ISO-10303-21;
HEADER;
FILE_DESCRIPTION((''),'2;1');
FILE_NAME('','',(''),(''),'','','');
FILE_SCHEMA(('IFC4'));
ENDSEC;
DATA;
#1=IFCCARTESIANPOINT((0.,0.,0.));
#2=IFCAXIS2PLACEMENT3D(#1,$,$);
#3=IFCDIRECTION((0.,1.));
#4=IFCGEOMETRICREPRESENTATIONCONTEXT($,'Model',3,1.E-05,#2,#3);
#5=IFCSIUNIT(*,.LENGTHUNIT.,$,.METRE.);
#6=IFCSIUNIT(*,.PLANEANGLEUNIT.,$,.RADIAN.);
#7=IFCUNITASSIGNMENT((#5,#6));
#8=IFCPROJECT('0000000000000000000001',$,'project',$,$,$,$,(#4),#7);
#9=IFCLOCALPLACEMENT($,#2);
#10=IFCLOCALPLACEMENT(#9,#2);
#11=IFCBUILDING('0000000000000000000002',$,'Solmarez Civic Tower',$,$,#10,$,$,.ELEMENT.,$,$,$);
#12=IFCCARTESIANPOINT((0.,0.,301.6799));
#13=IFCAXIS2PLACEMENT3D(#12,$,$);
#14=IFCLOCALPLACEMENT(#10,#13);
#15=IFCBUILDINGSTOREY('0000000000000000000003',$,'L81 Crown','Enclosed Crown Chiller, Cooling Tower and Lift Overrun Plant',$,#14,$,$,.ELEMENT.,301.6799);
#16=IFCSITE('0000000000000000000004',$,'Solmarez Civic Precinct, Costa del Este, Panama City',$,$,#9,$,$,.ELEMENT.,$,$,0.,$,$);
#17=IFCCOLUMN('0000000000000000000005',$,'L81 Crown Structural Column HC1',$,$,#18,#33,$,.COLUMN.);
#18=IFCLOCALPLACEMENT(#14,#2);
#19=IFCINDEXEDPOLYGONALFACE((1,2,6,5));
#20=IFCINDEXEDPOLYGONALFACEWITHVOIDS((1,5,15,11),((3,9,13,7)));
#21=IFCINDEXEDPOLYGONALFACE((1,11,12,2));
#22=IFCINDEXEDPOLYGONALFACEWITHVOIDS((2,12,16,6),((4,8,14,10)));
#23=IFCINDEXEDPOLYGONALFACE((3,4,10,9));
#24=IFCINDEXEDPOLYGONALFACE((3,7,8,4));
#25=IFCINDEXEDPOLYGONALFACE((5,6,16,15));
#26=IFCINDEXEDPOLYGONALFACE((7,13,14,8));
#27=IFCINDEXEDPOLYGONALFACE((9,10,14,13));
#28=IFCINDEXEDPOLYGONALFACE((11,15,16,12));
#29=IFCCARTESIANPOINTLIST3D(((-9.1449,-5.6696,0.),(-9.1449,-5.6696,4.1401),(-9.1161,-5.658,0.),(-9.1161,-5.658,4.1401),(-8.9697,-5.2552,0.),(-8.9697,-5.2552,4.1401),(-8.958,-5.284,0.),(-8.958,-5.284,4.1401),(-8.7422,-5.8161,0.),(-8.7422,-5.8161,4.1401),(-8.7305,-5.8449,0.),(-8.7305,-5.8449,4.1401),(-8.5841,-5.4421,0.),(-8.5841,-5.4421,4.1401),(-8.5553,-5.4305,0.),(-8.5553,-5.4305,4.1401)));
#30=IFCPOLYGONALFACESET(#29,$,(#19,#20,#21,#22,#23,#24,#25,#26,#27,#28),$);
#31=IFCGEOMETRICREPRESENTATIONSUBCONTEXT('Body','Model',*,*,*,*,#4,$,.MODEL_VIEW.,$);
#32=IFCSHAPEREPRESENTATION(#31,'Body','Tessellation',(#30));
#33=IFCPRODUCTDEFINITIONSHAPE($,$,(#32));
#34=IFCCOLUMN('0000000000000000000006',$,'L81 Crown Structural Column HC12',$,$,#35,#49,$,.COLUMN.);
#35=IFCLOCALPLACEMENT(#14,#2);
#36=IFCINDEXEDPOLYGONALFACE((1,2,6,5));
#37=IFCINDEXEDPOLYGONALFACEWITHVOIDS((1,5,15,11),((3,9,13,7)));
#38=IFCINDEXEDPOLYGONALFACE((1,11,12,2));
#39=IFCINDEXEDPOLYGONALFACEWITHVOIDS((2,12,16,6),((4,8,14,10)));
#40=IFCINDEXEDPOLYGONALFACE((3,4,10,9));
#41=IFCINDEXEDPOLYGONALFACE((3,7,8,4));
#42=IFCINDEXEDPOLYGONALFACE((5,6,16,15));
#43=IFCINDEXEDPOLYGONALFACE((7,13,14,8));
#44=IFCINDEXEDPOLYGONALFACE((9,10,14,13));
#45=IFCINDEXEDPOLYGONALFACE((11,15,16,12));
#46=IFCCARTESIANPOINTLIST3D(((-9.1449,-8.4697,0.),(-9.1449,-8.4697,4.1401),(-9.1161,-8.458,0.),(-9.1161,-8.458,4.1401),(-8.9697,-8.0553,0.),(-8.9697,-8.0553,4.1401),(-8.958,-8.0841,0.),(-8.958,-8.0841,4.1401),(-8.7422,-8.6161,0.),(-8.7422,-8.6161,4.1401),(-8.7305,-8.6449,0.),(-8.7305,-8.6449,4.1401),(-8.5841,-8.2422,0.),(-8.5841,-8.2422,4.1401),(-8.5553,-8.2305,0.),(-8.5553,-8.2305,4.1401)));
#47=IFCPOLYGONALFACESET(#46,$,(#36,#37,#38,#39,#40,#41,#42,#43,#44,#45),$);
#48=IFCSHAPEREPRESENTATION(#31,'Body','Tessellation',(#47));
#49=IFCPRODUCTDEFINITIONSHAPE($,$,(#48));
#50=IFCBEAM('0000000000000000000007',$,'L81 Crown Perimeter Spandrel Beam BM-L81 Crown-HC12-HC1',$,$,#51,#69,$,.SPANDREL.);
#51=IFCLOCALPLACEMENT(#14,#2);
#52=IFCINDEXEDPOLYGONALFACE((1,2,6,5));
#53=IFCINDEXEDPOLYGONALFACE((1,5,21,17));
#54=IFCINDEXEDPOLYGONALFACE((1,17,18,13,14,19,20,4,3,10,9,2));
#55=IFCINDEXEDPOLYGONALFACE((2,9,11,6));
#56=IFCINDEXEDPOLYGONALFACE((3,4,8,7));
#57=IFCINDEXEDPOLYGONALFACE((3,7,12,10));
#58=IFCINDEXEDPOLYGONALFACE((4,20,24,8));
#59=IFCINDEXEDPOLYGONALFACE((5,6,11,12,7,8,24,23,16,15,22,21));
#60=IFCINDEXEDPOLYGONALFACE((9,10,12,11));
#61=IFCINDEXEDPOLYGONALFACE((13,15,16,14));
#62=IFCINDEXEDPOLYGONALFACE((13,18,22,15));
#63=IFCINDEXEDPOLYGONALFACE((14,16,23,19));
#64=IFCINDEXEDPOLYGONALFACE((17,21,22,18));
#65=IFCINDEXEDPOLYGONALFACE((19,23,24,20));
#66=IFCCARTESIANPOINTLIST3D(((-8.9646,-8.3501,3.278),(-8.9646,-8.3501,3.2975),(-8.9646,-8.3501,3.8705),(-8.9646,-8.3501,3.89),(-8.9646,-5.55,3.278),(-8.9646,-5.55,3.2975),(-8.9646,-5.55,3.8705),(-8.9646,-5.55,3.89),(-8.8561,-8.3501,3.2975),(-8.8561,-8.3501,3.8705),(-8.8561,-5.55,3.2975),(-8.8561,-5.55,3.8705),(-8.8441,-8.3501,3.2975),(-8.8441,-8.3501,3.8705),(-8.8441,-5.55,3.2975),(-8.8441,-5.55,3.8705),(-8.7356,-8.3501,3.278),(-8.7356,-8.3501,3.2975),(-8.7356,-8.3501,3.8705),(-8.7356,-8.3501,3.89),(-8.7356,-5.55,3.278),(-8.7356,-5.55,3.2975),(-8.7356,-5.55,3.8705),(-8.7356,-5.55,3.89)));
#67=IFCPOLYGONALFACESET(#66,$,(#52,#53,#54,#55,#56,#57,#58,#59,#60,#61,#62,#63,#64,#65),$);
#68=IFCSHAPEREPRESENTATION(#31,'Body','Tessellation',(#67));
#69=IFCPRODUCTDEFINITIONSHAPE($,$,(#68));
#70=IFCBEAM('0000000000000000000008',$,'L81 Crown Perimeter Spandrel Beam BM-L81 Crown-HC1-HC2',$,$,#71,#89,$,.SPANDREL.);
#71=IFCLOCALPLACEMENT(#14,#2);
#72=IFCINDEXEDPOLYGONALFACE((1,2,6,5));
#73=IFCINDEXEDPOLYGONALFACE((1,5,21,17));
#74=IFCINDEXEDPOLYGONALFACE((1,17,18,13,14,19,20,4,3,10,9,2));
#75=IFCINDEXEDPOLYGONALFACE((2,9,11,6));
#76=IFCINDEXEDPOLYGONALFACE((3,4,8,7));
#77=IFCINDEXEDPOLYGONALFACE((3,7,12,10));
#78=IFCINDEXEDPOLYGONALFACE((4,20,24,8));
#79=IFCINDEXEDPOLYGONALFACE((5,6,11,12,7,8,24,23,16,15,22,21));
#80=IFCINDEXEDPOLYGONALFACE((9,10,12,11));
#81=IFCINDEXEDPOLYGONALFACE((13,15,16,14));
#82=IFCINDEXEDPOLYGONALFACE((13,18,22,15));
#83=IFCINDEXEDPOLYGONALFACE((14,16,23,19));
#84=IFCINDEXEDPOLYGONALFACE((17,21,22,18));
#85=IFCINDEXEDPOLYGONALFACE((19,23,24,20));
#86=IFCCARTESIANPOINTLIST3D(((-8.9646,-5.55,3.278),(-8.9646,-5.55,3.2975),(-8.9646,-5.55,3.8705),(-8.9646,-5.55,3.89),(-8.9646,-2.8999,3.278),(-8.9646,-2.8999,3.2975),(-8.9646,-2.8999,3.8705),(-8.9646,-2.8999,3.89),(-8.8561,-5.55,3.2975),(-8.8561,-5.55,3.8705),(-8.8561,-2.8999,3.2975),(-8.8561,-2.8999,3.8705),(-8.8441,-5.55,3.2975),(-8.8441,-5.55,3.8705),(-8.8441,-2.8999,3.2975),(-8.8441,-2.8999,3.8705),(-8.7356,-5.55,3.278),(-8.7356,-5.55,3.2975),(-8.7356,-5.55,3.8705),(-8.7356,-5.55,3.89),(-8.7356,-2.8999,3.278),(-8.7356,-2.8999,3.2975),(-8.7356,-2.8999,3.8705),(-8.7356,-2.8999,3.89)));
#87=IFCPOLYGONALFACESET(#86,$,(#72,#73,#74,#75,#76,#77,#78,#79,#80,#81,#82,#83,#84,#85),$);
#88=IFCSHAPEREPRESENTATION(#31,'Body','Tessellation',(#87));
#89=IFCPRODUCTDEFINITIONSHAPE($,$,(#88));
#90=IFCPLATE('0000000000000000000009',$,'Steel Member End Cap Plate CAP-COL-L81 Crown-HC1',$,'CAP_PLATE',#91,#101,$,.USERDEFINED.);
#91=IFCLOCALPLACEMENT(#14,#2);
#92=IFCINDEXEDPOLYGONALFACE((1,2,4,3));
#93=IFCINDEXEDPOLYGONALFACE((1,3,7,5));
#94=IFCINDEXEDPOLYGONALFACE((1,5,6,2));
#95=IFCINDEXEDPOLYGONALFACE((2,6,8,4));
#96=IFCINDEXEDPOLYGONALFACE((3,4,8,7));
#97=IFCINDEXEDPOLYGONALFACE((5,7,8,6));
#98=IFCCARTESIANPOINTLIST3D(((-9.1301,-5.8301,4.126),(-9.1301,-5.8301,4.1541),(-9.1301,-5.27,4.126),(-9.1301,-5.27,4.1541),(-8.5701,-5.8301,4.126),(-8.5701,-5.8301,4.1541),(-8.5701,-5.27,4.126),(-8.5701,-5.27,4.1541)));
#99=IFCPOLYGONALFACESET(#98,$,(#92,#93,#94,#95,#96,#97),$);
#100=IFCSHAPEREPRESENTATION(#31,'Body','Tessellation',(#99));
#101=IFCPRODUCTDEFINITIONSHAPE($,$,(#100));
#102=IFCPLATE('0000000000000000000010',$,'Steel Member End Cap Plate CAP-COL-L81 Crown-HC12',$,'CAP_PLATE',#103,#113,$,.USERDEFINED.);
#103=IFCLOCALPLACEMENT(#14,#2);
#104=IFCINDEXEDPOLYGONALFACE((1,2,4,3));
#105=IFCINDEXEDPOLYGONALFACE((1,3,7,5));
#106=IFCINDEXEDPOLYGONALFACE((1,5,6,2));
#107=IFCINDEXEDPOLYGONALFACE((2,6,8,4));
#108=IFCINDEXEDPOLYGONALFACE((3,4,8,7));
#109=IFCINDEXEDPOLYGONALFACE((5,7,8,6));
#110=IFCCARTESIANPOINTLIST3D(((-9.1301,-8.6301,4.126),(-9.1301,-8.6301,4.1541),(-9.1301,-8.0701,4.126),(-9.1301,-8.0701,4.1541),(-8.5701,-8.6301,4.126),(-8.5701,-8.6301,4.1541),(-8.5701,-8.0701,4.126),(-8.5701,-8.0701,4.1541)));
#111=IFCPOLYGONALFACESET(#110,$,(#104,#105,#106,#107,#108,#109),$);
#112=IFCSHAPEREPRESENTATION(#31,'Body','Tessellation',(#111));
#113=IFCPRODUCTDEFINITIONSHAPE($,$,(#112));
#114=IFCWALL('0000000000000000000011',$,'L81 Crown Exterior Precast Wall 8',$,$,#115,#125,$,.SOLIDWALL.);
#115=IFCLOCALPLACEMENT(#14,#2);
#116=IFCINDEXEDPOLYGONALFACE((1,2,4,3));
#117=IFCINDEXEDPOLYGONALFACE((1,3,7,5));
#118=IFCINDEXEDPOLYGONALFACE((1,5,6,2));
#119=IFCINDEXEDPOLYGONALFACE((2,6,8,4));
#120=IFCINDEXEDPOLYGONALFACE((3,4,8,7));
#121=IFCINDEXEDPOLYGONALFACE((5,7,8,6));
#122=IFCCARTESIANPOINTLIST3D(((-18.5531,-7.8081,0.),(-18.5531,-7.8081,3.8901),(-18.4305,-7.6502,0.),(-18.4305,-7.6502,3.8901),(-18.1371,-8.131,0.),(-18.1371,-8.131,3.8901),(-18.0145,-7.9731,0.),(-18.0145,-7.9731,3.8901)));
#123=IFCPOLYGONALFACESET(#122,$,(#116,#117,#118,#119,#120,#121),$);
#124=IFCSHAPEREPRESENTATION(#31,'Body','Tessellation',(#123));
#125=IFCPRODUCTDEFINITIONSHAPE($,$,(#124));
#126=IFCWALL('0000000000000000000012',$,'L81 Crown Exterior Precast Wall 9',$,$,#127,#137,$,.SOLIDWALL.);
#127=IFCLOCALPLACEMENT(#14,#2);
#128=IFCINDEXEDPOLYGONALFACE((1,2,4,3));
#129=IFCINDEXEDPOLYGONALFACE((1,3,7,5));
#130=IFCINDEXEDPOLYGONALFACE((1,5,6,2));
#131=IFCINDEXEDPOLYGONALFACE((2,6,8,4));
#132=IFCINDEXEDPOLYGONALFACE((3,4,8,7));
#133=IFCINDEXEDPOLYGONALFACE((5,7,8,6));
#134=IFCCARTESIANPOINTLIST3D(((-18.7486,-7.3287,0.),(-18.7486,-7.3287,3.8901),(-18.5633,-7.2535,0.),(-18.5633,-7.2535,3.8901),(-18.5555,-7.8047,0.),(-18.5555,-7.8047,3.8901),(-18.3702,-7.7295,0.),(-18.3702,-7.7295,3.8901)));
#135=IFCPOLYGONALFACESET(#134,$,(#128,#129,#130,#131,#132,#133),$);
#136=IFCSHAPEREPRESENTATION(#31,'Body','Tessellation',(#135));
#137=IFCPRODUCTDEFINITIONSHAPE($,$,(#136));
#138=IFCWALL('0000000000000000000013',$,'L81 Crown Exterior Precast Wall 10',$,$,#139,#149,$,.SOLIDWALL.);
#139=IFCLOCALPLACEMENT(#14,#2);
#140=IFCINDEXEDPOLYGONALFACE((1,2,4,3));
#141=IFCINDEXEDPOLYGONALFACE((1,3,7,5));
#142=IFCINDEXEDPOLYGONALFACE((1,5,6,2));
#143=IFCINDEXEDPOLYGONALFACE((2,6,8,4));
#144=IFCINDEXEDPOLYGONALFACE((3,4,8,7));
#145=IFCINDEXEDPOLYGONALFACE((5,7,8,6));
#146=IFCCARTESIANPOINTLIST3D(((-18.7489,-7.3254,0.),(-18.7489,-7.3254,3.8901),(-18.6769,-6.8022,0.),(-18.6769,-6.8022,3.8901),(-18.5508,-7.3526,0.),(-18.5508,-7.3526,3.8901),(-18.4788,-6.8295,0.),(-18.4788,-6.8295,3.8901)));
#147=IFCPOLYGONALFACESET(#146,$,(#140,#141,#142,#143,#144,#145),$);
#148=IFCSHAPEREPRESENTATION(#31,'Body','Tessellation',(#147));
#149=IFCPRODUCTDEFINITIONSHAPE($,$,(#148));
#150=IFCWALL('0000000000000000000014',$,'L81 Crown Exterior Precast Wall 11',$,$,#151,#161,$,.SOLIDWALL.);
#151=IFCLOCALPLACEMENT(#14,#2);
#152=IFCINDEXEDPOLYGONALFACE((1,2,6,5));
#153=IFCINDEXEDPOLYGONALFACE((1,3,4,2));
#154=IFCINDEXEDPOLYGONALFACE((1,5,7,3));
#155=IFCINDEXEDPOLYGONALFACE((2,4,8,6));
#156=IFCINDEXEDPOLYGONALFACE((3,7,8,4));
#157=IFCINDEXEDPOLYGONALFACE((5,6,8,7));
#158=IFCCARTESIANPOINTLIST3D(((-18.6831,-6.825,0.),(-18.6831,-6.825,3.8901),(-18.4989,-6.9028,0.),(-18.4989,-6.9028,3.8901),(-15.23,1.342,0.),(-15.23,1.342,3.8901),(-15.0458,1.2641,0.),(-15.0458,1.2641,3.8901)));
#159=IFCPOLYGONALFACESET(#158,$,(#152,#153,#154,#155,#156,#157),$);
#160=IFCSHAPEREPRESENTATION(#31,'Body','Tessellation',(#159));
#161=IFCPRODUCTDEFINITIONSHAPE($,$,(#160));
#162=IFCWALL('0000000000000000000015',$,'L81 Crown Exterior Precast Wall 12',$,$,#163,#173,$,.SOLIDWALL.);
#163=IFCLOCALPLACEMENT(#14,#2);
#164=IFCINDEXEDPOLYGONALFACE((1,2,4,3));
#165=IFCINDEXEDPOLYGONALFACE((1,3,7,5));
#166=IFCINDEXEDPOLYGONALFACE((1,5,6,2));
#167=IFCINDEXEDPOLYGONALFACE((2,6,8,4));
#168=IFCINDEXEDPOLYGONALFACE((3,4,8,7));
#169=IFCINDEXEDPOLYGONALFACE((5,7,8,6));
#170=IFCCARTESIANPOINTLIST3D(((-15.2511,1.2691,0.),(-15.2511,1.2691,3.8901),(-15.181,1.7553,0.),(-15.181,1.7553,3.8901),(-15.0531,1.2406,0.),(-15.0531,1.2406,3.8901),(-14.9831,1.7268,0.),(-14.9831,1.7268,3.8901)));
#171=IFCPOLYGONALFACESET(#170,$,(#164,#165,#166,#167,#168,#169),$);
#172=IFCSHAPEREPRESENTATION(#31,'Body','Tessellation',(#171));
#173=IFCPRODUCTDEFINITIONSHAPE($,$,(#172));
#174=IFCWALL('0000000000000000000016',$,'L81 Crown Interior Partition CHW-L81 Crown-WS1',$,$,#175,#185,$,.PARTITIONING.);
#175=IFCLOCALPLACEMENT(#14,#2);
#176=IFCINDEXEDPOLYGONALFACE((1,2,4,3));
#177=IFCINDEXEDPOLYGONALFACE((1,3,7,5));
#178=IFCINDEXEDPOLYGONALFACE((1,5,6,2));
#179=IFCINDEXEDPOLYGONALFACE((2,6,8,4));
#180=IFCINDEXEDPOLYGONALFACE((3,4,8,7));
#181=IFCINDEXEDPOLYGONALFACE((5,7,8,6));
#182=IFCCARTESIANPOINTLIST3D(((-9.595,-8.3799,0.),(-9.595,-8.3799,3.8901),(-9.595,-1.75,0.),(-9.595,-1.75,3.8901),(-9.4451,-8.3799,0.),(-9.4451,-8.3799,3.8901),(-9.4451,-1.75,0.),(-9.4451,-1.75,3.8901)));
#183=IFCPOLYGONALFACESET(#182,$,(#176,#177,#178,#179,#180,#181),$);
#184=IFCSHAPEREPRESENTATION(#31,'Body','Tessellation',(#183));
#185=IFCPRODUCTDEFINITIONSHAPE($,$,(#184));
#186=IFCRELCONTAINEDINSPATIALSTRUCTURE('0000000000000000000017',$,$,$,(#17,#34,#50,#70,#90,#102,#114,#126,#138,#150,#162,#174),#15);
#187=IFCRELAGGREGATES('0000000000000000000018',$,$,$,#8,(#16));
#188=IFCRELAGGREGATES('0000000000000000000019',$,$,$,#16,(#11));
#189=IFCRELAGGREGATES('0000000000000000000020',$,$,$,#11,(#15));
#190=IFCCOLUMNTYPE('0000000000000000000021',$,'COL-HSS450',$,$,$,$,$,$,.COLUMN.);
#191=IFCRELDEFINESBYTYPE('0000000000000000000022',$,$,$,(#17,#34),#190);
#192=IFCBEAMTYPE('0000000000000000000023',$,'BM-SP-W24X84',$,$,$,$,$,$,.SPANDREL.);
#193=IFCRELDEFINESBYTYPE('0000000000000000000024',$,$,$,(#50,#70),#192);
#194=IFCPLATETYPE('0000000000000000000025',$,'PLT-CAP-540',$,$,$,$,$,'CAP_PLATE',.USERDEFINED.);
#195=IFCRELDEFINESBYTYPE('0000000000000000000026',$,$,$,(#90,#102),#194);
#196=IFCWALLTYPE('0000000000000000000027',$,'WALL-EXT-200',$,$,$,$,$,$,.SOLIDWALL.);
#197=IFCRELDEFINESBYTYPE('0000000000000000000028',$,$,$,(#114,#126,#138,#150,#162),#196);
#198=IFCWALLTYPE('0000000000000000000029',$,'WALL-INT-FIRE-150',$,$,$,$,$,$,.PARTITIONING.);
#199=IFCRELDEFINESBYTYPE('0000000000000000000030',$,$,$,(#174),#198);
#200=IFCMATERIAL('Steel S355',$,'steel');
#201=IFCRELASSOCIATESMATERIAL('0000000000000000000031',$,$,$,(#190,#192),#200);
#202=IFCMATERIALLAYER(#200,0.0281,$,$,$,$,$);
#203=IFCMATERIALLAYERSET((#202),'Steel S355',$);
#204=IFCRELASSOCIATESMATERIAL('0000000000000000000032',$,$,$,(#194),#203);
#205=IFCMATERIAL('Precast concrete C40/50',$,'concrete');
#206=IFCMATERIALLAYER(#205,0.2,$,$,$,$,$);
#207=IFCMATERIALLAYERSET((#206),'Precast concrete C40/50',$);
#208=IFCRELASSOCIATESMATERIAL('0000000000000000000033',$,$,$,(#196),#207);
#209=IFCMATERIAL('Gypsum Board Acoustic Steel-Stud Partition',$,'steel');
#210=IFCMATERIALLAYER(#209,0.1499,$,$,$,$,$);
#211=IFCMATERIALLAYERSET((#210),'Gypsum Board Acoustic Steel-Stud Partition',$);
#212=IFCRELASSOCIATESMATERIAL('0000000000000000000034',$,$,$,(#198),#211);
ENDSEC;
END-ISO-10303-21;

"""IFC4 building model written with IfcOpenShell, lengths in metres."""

from ifc_helpers import new_model, si_unit, direction, frame, frame_2d, origin, origin_2d, place, context, subcontext, project, spatial, rectangle, hollow_rectangle, i_section, extrude, material, layer, layer_set, material_profile, profile_set, type_object, element, save


model = new_model("IFC4")

# Units and contexts
model_context = context("Model", 3, precision=1e-05, world=origin(), true_north=direction((0.0, 1.0)))
body_context = subcontext(model_context, "Body", "Model", "MODEL_VIEW")
ifc_project = project(units=[si_unit("LENGTHUNIT", "METRE"), si_unit("PLANEANGLEUNIT", "RADIAN")], contexts=[model_context])

# Site, building, storey
site_placement = place(None, origin())
site = spatial("IfcSite", under=ifc_project, at=site_placement, Name="Solmarez Civic Precinct, Costa del Este, Panama City", CompositionType="ELEMENT", RefElevation=0.0)
building_placement = place(site_placement, origin())
building = spatial("IfcBuilding", under=site, at=building_placement, Name="Solmarez Civic Tower", CompositionType="ELEMENT")
storey_placement = place(building_placement, frame((0.0, 0.0, 301.6799)))
storey = spatial("IfcBuildingStorey", under=building, at=storey_placement, Name="L81 Crown", Description="Enclosed Crown Chiller, Cooling Tower and Lift Overrun Plant", CompositionType="ELEMENT", Elevation=301.6799)

# Columns
ifc_material_1 = material(Name="Steel S355", Category="steel")
ifc_material_profile_1 = material_profile(ifc_material_1, hollow_rectangle(XDim=0.45, YDim=0.45, WallThickness=0.022, at=origin_2d()), Name="HSS450X450X22")
ifc_profile_set_1 = profile_set([ifc_material_profile_1], Name="Steel S355")
column_type = type_object("IfcColumnType", Name="COL-HSS450", PredefinedType="COLUMN", material=ifc_profile_set_1)
for number, where, z_axis, x_axis, name in (
    (1, (-8.8501, -5.55, 0.0), (0.0, 0.0, 1.0), (0.389445, 0.92105, 0.0), "L81 Crown Structural Column HC1"),
    (2, (-8.8501, -8.3501, 0.0), (0.0, 0.0, 1.0), (0.389445, 0.92105, 0.0), "L81 Crown Structural Column HC12"),
):
    element("IfcColumn", number, at=place(storey_placement, frame(where, z_axis=z_axis, x_axis=x_axis)), inside=storey, type_object=column_type, Name=name, PredefinedType="COLUMN", context=body_context, shape_type="SweptSolid", body=[
        extrude(hollow_rectangle(XDim=0.45, YDim=0.45, WallThickness=0.022, at=origin_2d()), origin(), (0.0, 0.0, 1.0), 4.1401),
    ])

# Beams
ifc_material_profile_2 = material_profile(ifc_material_1, i_section(OverallWidth=0.229, OverallDepth=0.6121, WebThickness=0.012, FlangeThickness=0.0195, at=origin_2d()), Name="W24X84")
ifc_profile_set_2 = profile_set([ifc_material_profile_2], Name="Steel S355")
beam_type = type_object("IfcBeamType", Name="BM-SP-W24X84", PredefinedType="SPANDREL", material=ifc_profile_set_2)
beam_1_placement = place(storey_placement, frame((-8.8501, -8.3501, 3.584), z_axis=(0.0, 1.0, 0.0), x_axis=(-1.0, 0.0, 0.0)))
element("IfcBeam", 3, at=beam_1_placement, inside=storey, type_object=beam_type, Name="L81 Crown Perimeter Spandrel Beam BM-L81 Crown-HC12-HC1", PredefinedType="SPANDREL", context=body_context, shape_type="SweptSolid", body=[
    extrude(i_section(OverallWidth=0.229, OverallDepth=0.6121, WebThickness=0.012, FlangeThickness=0.0195, at=origin_2d()), origin(), (0.0, 0.0, 1.0), 2.8),
])
beam_2_placement = place(storey_placement, frame((-8.8501, -5.55, 3.584), z_axis=(0.0, 1.0, 0.0), x_axis=(-1.0, 0.0, 0.0)))
element("IfcBeam", 4, at=beam_2_placement, inside=storey, type_object=beam_type, Name="L81 Crown Perimeter Spandrel Beam BM-L81 Crown-HC1-HC2", PredefinedType="SPANDREL", context=body_context, shape_type="SweptSolid", body=[
    extrude(i_section(OverallWidth=0.229, OverallDepth=0.6121, WebThickness=0.012, FlangeThickness=0.0195, at=origin_2d()), origin(), (0.0, 0.0, 1.0), 2.6501),
])

# Plates
ifc_layer_1 = layer(ifc_material_1, 0.0281)
ifc_layer_set_1 = layer_set([ifc_layer_1], Name="Steel S355")
plate_type = type_object("IfcPlateType", Name="PLT-CAP-540", ElementType="CAP_PLATE", PredefinedType="USERDEFINED", material=ifc_layer_set_1)
for number, where, z_axis, x_axis, name in (
    (5, (-8.8501, -5.55, 4.126), (0.0, 0.0, 1.0), (1.0, 0.0, 0.0), "Steel Member End Cap Plate CAP-COL-L81 Crown-HC1"),
    (6, (-8.8501, -8.3501, 4.126), (0.0, 0.0, 1.0), (1.0, 0.0, 0.0), "Steel Member End Cap Plate CAP-COL-L81 Crown-HC12"),
):
    element("IfcPlate", number, at=place(storey_placement, frame(where, z_axis=z_axis, x_axis=x_axis)), inside=storey, type_object=plate_type, Name=name, ObjectType="CAP_PLATE", PredefinedType="USERDEFINED", context=body_context, shape_type="SweptSolid", body=[
        extrude(rectangle(XDim=0.5601, YDim=0.5601, at=origin_2d()), origin(), (0.0, 0.0, 1.0), 0.0281),
    ])

# Walls
ifc_material_2 = material(Name="Precast concrete C40/50", Category="concrete")
ifc_layer_2 = layer(ifc_material_2, 0.2)
ifc_layer_set_2 = layer_set([ifc_layer_2], Name="Precast concrete C40/50")
wall_type_1 = type_object("IfcWallType", Name="WALL-EXT-200", PredefinedType="SOLIDWALL", material=ifc_layer_set_2)
wall_1_placement = place(storey_placement, frame((-18.0759, -8.052, 0.0), z_axis=(0.0, 0.0, 1.0), x_axis=(-0.789876, 0.613266, 0.0)))
element("IfcWall", 7, at=wall_1_placement, inside=storey, type_object=wall_type_1, Name="L81 Crown Exterior Precast Wall 8", PredefinedType="SOLIDWALL", context=body_context, shape_type="SweptSolid", body=[
    extrude(rectangle(XDim=0.5266, YDim=0.2, at=frame_2d((0.2632, 0.0))), origin(), (0.0, 0.0, 1.0), 3.8901),
])
wall_2_placement = place(storey_placement, frame((-18.4629, -7.7671, 0.0), z_axis=(0.0, 0.0, 1.0), x_axis=(-0.375893, 0.926663, 0.0)))
element("IfcWall", 8, at=wall_2_placement, inside=storey, type_object=wall_type_1, Name="L81 Crown Exterior Precast Wall 9", PredefinedType="SOLIDWALL", context=body_context, shape_type="SweptSolid", body=[
    extrude(rectangle(XDim=0.5137, YDim=0.2, at=frame_2d((0.2568, 0.0))), origin(), (0.0, 0.0, 1.0), 3.8901),
])
wall_3_placement = place(storey_placement, frame((-18.6499, -7.3391, 0.0), z_axis=(0.0, 0.0, 1.0), x_axis=(0.136371, 0.990658, 0.0)))
element("IfcWall", 9, at=wall_3_placement, inside=storey, type_object=wall_type_1, Name="L81 Crown Exterior Precast Wall 10", PredefinedType="SOLIDWALL", context=body_context, shape_type="SweptSolid", body=[
    extrude(rectangle(XDim=0.5281, YDim=0.2, at=frame_2d((0.2642, 0.0))), origin(), (0.0, 0.0, 1.0), 3.8901),
])
wall_4_placement = place(storey_placement, frame((-18.5911, -6.864, 0.0), z_axis=(0.0, 0.0, 1.0), x_axis=(0.389435, 0.921054, 0.0)))
element("IfcWall", 10, at=wall_4_placement, inside=storey, type_object=wall_type_1, Name="L81 Crown Exterior Precast Wall 11", PredefinedType="SOLIDWALL", context=body_context, shape_type="SweptSolid", body=[
    extrude(rectangle(XDim=8.8669, YDim=0.2, at=frame_2d((4.4336, 0.0))), origin(), (0.0, 0.0, 1.0), 3.8901),
])
wall_5_placement = place(storey_placement, frame((-15.1521, 1.2549, 0.0), z_axis=(0.0, 0.0, 1.0), x_axis=(0.142674, 0.98977, 0.0)))
element("IfcWall", 11, at=wall_5_placement, inside=storey, type_object=wall_type_1, Name="L81 Crown Exterior Precast Wall 12", PredefinedType="SOLIDWALL", context=body_context, shape_type="SweptSolid", body=[
    extrude(rectangle(XDim=0.4912, YDim=0.2, at=frame_2d((0.2456, 0.0))), origin(), (0.0, 0.0, 1.0), 3.8901),
])
ifc_material_3 = material(Name="Gypsum Board Acoustic Steel-Stud Partition", Category="steel")
ifc_layer_3 = layer(ifc_material_3, 0.1499)
ifc_layer_set_3 = layer_set([ifc_layer_3], Name="Gypsum Board Acoustic Steel-Stud Partition")
wall_type_2 = type_object("IfcWallType", Name="WALL-INT-FIRE-150", PredefinedType="PARTITIONING", material=ifc_layer_set_3)
wall_6_placement = place(storey_placement, frame((-9.52, -8.3799, 0.0), z_axis=(0.0, 0.0, 1.0), x_axis=(0.0, 1.0, 0.0)))
element("IfcWall", 12, at=wall_6_placement, inside=storey, type_object=wall_type_2, Name="L81 Crown Interior Partition CHW-L81 Crown-WS1", PredefinedType="PARTITIONING", context=body_context, shape_type="SweptSolid", body=[
    extrude(rectangle(XDim=6.6299, YDim=0.1499, at=frame_2d((3.3149, 0.0))), origin(), (0.0, 0.0, 1.0), 3.8901),
])

save(model, "model.ifc")
